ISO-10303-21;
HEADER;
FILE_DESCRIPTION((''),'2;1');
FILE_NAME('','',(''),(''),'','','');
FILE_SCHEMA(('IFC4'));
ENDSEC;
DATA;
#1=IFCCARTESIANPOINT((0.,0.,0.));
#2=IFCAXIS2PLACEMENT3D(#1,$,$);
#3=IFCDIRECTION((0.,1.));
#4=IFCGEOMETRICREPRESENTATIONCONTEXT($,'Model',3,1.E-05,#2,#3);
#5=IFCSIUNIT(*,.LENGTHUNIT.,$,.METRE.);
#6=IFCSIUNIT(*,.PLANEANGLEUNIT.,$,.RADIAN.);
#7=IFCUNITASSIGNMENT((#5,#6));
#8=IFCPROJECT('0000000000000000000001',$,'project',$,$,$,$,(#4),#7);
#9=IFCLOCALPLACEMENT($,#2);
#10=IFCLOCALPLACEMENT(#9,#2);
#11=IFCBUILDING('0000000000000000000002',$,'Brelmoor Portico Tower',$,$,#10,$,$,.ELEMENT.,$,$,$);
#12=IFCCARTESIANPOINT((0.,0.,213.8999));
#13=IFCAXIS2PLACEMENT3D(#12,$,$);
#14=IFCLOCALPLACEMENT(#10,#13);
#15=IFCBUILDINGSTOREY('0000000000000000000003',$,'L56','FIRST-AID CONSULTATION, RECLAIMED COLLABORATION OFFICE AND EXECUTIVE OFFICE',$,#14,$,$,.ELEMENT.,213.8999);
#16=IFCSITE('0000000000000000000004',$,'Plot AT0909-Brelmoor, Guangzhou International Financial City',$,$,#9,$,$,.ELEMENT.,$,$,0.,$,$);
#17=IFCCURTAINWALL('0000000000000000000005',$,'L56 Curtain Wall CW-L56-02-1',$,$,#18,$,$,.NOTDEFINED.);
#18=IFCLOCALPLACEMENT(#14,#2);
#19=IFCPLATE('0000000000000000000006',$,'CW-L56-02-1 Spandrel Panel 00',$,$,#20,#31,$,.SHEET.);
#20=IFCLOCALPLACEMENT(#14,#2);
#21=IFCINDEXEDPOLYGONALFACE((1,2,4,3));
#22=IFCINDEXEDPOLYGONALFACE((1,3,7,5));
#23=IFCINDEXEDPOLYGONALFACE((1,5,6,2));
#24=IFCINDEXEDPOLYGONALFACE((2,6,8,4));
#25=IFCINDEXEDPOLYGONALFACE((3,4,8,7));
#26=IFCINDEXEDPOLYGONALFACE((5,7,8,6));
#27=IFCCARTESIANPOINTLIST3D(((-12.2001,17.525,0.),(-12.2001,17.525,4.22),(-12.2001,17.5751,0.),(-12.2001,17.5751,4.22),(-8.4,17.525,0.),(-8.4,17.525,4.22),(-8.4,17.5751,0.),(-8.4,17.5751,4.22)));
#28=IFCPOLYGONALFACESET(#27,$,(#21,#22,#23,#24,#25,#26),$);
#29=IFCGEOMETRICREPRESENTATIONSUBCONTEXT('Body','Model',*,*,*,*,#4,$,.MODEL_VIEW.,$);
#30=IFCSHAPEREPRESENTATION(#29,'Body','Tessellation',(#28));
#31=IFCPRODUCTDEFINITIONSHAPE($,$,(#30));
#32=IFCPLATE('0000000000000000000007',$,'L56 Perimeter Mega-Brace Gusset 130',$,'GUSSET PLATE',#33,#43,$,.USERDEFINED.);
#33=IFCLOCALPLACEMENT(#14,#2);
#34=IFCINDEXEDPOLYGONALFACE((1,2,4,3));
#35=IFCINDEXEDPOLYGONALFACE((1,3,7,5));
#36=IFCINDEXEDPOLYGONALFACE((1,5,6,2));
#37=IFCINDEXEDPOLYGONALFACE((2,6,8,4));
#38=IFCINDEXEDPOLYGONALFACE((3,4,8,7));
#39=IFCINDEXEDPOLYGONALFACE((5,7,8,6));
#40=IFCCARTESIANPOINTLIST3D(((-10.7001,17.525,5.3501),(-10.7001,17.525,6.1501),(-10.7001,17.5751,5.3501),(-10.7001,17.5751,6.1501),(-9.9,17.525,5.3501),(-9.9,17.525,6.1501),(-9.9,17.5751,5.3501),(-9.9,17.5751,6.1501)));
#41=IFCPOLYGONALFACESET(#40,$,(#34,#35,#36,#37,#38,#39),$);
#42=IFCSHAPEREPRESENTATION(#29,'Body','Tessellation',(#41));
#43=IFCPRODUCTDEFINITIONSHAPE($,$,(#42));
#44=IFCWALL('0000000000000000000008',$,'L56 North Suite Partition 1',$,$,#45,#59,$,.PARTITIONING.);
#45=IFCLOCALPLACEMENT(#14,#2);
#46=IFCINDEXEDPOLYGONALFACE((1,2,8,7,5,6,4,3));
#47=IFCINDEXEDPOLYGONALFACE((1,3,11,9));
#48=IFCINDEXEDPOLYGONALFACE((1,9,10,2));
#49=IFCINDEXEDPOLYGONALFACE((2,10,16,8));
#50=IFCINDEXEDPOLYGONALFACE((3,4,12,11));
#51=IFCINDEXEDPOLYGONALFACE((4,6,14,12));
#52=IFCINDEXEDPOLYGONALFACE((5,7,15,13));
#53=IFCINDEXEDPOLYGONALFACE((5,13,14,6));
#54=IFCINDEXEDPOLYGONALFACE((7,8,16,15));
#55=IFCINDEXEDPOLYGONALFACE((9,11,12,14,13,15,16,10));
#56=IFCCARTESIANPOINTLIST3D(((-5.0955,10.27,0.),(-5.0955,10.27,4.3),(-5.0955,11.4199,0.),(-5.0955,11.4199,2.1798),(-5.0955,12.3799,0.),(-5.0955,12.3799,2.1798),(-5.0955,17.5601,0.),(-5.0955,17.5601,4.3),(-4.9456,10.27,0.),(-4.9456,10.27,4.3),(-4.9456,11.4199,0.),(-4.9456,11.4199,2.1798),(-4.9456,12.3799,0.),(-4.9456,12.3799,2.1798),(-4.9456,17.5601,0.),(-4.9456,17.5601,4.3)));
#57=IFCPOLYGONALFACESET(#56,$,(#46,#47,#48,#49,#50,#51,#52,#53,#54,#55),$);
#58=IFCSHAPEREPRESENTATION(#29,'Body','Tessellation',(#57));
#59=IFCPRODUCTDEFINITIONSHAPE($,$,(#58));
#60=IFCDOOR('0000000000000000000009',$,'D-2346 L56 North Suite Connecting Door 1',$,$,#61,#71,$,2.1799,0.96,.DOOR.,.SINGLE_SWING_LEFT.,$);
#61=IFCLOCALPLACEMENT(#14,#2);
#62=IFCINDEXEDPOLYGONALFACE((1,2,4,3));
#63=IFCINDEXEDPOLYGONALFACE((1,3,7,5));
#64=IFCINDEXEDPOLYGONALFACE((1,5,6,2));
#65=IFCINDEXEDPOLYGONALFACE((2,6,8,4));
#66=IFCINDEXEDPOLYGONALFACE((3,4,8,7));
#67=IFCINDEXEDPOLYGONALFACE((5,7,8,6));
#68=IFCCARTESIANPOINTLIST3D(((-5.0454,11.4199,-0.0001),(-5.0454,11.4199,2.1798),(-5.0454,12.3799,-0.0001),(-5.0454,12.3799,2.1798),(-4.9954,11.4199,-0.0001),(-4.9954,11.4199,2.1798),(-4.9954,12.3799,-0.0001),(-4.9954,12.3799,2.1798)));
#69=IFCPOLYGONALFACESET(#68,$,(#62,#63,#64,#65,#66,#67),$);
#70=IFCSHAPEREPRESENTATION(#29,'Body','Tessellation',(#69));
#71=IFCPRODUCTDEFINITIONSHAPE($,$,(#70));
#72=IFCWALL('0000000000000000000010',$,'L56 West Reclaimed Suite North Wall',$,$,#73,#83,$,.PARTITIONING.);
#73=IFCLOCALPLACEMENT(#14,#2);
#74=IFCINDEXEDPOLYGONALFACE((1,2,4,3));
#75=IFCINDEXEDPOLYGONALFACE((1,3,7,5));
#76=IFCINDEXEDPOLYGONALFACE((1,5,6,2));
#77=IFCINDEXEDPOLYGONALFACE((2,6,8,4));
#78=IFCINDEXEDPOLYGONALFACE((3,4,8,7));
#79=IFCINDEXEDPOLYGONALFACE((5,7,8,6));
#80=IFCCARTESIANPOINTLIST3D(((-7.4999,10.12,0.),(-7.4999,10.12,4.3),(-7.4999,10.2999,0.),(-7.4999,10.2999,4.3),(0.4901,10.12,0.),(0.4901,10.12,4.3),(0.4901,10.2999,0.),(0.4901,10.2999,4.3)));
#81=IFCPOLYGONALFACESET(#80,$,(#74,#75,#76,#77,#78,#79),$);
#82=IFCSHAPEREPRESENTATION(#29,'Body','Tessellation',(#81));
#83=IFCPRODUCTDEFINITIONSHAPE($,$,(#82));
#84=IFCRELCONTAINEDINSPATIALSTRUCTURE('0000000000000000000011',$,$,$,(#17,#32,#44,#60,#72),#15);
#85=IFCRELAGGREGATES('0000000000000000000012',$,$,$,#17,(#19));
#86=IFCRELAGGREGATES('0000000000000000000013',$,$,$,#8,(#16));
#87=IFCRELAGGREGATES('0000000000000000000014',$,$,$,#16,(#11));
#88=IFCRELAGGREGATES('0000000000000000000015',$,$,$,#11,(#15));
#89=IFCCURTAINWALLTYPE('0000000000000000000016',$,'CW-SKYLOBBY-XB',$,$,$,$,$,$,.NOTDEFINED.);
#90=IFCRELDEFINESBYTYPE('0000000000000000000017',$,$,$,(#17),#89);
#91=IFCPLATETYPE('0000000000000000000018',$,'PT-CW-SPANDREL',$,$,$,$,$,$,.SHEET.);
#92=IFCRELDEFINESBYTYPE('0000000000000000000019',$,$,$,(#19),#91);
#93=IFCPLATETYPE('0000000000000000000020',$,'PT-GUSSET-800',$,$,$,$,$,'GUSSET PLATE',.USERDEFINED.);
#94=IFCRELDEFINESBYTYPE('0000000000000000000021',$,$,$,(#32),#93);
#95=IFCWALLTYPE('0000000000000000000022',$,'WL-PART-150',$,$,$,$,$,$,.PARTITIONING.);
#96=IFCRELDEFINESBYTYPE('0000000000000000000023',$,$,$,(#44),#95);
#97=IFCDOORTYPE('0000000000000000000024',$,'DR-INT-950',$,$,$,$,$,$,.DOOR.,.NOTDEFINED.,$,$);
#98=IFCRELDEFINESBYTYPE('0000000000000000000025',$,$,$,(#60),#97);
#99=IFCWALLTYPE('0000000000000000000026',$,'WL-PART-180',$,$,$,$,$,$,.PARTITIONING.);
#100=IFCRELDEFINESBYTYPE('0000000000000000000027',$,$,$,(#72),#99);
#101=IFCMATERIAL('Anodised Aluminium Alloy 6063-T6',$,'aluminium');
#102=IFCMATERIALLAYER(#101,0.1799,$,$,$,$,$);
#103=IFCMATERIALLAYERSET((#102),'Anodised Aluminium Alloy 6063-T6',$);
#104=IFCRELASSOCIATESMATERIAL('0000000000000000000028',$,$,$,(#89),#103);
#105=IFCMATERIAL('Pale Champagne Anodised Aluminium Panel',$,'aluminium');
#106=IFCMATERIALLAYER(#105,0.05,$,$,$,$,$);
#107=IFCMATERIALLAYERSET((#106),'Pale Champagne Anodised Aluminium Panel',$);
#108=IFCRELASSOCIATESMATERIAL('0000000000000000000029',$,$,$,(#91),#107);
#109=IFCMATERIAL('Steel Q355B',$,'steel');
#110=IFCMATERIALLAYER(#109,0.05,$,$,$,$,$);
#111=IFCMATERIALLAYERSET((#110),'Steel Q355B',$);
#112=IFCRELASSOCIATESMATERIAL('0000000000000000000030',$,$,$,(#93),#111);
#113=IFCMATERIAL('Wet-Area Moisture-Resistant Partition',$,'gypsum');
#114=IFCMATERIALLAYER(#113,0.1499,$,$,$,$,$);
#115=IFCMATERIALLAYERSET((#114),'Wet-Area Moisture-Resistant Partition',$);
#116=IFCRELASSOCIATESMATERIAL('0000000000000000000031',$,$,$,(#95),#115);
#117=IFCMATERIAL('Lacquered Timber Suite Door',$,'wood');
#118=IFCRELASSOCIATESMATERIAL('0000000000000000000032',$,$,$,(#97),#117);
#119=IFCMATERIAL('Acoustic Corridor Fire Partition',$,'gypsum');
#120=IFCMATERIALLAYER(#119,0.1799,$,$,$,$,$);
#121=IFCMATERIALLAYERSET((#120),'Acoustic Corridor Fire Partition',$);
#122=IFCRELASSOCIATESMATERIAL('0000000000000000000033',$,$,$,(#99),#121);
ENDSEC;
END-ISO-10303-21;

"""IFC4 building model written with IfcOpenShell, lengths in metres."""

from ifc_helpers import new_model, si_unit, direction, frame, frame_2d, origin, origin_2d, place, context, subcontext, project, spatial, rectangle, extrude, material, layer, layer_set, type_object, element, fill, aggregate, save


model = new_model("IFC4")

# Units and contexts
model_context = context("Model", 3, precision=1e-05, world=origin(), true_north=direction((0.0, 1.0)))
body_context = subcontext(model_context, "Body", "Model", "MODEL_VIEW")
ifc_project = project(units=[si_unit("LENGTHUNIT", "METRE"), si_unit("PLANEANGLEUNIT", "RADIAN")], contexts=[model_context])

# Site, building, storey
site_placement = place(None, origin())
site = spatial("IfcSite", under=ifc_project, at=site_placement, Name="Plot AT0909-Brelmoor, Guangzhou International Financial City", CompositionType="ELEMENT", RefElevation=0.0)
building_placement = place(site_placement, origin())
building = spatial("IfcBuilding", under=site, at=building_placement, Name="Brelmoor Portico Tower", CompositionType="ELEMENT")
storey_placement = place(building_placement, frame((0.0, 0.0, 213.8999)))
storey = spatial("IfcBuildingStorey", under=building, at=storey_placement, Name="L56", Description="FIRST-AID CONSULTATION, RECLAIMED COLLABORATION OFFICE AND EXECUTIVE OFFICE", CompositionType="ELEMENT", Elevation=213.8999)

# Shared definitions
ifc_material_1 = material(Name="Steel Q355B", Category="steel")

# Curtain wall
ifc_material_2 = material(Name="Anodised Aluminium Alloy 6063-T6", Category="aluminium")
ifc_layer_1 = layer(ifc_material_2, 0.1799)
ifc_layer_set_1 = layer_set([ifc_layer_1], Name="Anodised Aluminium Alloy 6063-T6")
curtain_wall_type_1 = type_object("IfcCurtainWallType", Name="CW-SKYLOBBY-XB", PredefinedType="NOTDEFINED", material=ifc_layer_set_1)
curtain_wall_1_placement = place(storey_placement, origin())
curtain_wall_1 = element("IfcCurtainWall", 1, at=curtain_wall_1_placement, inside=storey, type_object=curtain_wall_type_1, Name="L56 Curtain Wall CW-L56-02-1", PredefinedType="NOTDEFINED")

# Plates
ifc_material_3 = material(Name="Pale Champagne Anodised Aluminium Panel", Category="aluminium")
ifc_layer_2 = layer(ifc_material_3, 0.05)
ifc_layer_set_2 = layer_set([ifc_layer_2], Name="Pale Champagne Anodised Aluminium Panel")
plate_type_1 = type_object("IfcPlateType", Name="PT-CW-SPANDREL", PredefinedType="SHEET", material=ifc_layer_set_2)
plate_1_placement = place(storey_placement, frame((-10.3, 17.55, 0.0), z_axis=(0.0, 0.0, 1.0), x_axis=(1.0, 0.0, 0.0)))
plate_1 = element("IfcPlate", 2, at=plate_1_placement, type_object=plate_type_1, Name="CW-L56-02-1 Spandrel Panel 00", PredefinedType="SHEET", context=body_context, shape_type="SweptSolid", body=[
    extrude(rectangle(XDim=3.8, YDim=0.05, at=origin_2d()), origin(), (0.0, 0.0, 1.0), 4.22),
])
aggregate(curtain_wall_1, [plate_1])
ifc_layer_3 = layer(ifc_material_1, 0.05)
ifc_layer_set_3 = layer_set([ifc_layer_3], Name="Steel Q355B")
plate_type_2 = type_object("IfcPlateType", Name="PT-GUSSET-800", ElementType="GUSSET PLATE", PredefinedType="USERDEFINED", material=ifc_layer_set_3)
plate_2_placement = place(storey_placement, frame((-10.3, 17.55, 5.3501), z_axis=(0.0, 0.0, 1.0), x_axis=(1.0, 0.0, 0.0)))
element("IfcPlate", 3, at=plate_2_placement, inside=storey, type_object=plate_type_2, Name="L56 Perimeter Mega-Brace Gusset 130", ObjectType="GUSSET PLATE", PredefinedType="USERDEFINED", context=body_context, shape_type="SweptSolid", body=[
    extrude(rectangle(XDim=0.8, YDim=0.05, at=origin_2d()), origin(), (0.0, 0.0, 1.0), 0.8),
])

# Wall, opening, door
ifc_material_4 = material(Name="Wet-Area Moisture-Resistant Partition", Category="gypsum")
ifc_layer_4 = layer(ifc_material_4, 0.1499)
ifc_layer_set_4 = layer_set([ifc_layer_4], Name="Wet-Area Moisture-Resistant Partition")
wall_type_1 = type_object("IfcWallType", Name="WL-PART-150", PredefinedType="PARTITIONING", material=ifc_layer_set_4)
wall_1_placement = place(storey_placement, frame((-5.0205, 10.27, 0.0), z_axis=(0.0, 0.0, 1.0), x_axis=(0.0, 1.0, 0.0)))
wall_1 = element("IfcWall", 4, at=wall_1_placement, inside=storey, type_object=wall_type_1, Name="L56 North Suite Partition 1", PredefinedType="PARTITIONING", context=body_context, shape_type="SweptSolid", body=[
    extrude(rectangle(XDim=7.29, YDim=0.1499, at=frame_2d((3.645, 0.0))), origin(), (0.0, 0.0, 1.0), 4.3),
])
opening_placement = place(wall_1_placement, frame((1.1499, 0.0, 0.0)))
opening = element("IfcOpeningElement", 5, at=opening_placement, cuts=wall_1, PredefinedType="OPENING", context=body_context, shape_type="SweptSolid", body=[
    extrude(rectangle(XDim=0.96, YDim=2.1799, at=frame_2d((0.48, 1.0898))), frame((0.0, 0.085, 0.0), z_axis=(0.0, -1.0, 0.0), x_axis=(1.0, 0.0, 0.0)), (0.0, 0.0, 1.0), 0.1699),
])
ifc_material_5 = material(Name="Lacquered Timber Suite Door", Category="wood")
door_type = type_object("IfcDoorType", Name="DR-INT-950", OperationType="NOTDEFINED", PredefinedType="DOOR", material=ifc_material_5)
door_placement = place(opening_placement, origin())
door = element("IfcDoor", 6, at=door_placement, inside=storey, type_object=door_type, Name="D-2346 L56 North Suite Connecting Door 1", OperationType="SINGLE_SWING_LEFT", OverallHeight=2.1799, OverallWidth=0.96, PredefinedType="DOOR", context=body_context, shape_type="SweptSolid", body=[
    extrude(rectangle(XDim=0.96, YDim=2.1799, at=frame_2d((0.48, 1.0898))), frame((0.0, 0.0249, 0.0), z_axis=(0.0, -1.0, 0.0), x_axis=(1.0, 0.0, 0.0)), (0.0, 0.0, 1.0), 0.05),
])
fill(opening, door)

# Wall
ifc_material_6 = material(Name="Acoustic Corridor Fire Partition", Category="gypsum")
ifc_layer_5 = layer(ifc_material_6, 0.1799)
ifc_layer_set_5 = layer_set([ifc_layer_5], Name="Acoustic Corridor Fire Partition")
wall_type_2 = type_object("IfcWallType", Name="WL-PART-180", PredefinedType="PARTITIONING", material=ifc_layer_set_5)
wall_2_placement = place(storey_placement, frame((-7.5, 10.21, 0.0), z_axis=(0.0, 0.0, 1.0), x_axis=(1.0, 0.0, 0.0)))
element("IfcWall", 7, at=wall_2_placement, inside=storey, type_object=wall_type_2, Name="L56 West Reclaimed Suite North Wall", PredefinedType="PARTITIONING", context=body_context, shape_type="SweptSolid", body=[
    extrude(rectangle(XDim=7.99, YDim=0.1799, at=frame_2d((3.9951, 0.0))), origin(), (0.0, 0.0, 1.0), 4.3),
])

save(model, "model.ifc")
